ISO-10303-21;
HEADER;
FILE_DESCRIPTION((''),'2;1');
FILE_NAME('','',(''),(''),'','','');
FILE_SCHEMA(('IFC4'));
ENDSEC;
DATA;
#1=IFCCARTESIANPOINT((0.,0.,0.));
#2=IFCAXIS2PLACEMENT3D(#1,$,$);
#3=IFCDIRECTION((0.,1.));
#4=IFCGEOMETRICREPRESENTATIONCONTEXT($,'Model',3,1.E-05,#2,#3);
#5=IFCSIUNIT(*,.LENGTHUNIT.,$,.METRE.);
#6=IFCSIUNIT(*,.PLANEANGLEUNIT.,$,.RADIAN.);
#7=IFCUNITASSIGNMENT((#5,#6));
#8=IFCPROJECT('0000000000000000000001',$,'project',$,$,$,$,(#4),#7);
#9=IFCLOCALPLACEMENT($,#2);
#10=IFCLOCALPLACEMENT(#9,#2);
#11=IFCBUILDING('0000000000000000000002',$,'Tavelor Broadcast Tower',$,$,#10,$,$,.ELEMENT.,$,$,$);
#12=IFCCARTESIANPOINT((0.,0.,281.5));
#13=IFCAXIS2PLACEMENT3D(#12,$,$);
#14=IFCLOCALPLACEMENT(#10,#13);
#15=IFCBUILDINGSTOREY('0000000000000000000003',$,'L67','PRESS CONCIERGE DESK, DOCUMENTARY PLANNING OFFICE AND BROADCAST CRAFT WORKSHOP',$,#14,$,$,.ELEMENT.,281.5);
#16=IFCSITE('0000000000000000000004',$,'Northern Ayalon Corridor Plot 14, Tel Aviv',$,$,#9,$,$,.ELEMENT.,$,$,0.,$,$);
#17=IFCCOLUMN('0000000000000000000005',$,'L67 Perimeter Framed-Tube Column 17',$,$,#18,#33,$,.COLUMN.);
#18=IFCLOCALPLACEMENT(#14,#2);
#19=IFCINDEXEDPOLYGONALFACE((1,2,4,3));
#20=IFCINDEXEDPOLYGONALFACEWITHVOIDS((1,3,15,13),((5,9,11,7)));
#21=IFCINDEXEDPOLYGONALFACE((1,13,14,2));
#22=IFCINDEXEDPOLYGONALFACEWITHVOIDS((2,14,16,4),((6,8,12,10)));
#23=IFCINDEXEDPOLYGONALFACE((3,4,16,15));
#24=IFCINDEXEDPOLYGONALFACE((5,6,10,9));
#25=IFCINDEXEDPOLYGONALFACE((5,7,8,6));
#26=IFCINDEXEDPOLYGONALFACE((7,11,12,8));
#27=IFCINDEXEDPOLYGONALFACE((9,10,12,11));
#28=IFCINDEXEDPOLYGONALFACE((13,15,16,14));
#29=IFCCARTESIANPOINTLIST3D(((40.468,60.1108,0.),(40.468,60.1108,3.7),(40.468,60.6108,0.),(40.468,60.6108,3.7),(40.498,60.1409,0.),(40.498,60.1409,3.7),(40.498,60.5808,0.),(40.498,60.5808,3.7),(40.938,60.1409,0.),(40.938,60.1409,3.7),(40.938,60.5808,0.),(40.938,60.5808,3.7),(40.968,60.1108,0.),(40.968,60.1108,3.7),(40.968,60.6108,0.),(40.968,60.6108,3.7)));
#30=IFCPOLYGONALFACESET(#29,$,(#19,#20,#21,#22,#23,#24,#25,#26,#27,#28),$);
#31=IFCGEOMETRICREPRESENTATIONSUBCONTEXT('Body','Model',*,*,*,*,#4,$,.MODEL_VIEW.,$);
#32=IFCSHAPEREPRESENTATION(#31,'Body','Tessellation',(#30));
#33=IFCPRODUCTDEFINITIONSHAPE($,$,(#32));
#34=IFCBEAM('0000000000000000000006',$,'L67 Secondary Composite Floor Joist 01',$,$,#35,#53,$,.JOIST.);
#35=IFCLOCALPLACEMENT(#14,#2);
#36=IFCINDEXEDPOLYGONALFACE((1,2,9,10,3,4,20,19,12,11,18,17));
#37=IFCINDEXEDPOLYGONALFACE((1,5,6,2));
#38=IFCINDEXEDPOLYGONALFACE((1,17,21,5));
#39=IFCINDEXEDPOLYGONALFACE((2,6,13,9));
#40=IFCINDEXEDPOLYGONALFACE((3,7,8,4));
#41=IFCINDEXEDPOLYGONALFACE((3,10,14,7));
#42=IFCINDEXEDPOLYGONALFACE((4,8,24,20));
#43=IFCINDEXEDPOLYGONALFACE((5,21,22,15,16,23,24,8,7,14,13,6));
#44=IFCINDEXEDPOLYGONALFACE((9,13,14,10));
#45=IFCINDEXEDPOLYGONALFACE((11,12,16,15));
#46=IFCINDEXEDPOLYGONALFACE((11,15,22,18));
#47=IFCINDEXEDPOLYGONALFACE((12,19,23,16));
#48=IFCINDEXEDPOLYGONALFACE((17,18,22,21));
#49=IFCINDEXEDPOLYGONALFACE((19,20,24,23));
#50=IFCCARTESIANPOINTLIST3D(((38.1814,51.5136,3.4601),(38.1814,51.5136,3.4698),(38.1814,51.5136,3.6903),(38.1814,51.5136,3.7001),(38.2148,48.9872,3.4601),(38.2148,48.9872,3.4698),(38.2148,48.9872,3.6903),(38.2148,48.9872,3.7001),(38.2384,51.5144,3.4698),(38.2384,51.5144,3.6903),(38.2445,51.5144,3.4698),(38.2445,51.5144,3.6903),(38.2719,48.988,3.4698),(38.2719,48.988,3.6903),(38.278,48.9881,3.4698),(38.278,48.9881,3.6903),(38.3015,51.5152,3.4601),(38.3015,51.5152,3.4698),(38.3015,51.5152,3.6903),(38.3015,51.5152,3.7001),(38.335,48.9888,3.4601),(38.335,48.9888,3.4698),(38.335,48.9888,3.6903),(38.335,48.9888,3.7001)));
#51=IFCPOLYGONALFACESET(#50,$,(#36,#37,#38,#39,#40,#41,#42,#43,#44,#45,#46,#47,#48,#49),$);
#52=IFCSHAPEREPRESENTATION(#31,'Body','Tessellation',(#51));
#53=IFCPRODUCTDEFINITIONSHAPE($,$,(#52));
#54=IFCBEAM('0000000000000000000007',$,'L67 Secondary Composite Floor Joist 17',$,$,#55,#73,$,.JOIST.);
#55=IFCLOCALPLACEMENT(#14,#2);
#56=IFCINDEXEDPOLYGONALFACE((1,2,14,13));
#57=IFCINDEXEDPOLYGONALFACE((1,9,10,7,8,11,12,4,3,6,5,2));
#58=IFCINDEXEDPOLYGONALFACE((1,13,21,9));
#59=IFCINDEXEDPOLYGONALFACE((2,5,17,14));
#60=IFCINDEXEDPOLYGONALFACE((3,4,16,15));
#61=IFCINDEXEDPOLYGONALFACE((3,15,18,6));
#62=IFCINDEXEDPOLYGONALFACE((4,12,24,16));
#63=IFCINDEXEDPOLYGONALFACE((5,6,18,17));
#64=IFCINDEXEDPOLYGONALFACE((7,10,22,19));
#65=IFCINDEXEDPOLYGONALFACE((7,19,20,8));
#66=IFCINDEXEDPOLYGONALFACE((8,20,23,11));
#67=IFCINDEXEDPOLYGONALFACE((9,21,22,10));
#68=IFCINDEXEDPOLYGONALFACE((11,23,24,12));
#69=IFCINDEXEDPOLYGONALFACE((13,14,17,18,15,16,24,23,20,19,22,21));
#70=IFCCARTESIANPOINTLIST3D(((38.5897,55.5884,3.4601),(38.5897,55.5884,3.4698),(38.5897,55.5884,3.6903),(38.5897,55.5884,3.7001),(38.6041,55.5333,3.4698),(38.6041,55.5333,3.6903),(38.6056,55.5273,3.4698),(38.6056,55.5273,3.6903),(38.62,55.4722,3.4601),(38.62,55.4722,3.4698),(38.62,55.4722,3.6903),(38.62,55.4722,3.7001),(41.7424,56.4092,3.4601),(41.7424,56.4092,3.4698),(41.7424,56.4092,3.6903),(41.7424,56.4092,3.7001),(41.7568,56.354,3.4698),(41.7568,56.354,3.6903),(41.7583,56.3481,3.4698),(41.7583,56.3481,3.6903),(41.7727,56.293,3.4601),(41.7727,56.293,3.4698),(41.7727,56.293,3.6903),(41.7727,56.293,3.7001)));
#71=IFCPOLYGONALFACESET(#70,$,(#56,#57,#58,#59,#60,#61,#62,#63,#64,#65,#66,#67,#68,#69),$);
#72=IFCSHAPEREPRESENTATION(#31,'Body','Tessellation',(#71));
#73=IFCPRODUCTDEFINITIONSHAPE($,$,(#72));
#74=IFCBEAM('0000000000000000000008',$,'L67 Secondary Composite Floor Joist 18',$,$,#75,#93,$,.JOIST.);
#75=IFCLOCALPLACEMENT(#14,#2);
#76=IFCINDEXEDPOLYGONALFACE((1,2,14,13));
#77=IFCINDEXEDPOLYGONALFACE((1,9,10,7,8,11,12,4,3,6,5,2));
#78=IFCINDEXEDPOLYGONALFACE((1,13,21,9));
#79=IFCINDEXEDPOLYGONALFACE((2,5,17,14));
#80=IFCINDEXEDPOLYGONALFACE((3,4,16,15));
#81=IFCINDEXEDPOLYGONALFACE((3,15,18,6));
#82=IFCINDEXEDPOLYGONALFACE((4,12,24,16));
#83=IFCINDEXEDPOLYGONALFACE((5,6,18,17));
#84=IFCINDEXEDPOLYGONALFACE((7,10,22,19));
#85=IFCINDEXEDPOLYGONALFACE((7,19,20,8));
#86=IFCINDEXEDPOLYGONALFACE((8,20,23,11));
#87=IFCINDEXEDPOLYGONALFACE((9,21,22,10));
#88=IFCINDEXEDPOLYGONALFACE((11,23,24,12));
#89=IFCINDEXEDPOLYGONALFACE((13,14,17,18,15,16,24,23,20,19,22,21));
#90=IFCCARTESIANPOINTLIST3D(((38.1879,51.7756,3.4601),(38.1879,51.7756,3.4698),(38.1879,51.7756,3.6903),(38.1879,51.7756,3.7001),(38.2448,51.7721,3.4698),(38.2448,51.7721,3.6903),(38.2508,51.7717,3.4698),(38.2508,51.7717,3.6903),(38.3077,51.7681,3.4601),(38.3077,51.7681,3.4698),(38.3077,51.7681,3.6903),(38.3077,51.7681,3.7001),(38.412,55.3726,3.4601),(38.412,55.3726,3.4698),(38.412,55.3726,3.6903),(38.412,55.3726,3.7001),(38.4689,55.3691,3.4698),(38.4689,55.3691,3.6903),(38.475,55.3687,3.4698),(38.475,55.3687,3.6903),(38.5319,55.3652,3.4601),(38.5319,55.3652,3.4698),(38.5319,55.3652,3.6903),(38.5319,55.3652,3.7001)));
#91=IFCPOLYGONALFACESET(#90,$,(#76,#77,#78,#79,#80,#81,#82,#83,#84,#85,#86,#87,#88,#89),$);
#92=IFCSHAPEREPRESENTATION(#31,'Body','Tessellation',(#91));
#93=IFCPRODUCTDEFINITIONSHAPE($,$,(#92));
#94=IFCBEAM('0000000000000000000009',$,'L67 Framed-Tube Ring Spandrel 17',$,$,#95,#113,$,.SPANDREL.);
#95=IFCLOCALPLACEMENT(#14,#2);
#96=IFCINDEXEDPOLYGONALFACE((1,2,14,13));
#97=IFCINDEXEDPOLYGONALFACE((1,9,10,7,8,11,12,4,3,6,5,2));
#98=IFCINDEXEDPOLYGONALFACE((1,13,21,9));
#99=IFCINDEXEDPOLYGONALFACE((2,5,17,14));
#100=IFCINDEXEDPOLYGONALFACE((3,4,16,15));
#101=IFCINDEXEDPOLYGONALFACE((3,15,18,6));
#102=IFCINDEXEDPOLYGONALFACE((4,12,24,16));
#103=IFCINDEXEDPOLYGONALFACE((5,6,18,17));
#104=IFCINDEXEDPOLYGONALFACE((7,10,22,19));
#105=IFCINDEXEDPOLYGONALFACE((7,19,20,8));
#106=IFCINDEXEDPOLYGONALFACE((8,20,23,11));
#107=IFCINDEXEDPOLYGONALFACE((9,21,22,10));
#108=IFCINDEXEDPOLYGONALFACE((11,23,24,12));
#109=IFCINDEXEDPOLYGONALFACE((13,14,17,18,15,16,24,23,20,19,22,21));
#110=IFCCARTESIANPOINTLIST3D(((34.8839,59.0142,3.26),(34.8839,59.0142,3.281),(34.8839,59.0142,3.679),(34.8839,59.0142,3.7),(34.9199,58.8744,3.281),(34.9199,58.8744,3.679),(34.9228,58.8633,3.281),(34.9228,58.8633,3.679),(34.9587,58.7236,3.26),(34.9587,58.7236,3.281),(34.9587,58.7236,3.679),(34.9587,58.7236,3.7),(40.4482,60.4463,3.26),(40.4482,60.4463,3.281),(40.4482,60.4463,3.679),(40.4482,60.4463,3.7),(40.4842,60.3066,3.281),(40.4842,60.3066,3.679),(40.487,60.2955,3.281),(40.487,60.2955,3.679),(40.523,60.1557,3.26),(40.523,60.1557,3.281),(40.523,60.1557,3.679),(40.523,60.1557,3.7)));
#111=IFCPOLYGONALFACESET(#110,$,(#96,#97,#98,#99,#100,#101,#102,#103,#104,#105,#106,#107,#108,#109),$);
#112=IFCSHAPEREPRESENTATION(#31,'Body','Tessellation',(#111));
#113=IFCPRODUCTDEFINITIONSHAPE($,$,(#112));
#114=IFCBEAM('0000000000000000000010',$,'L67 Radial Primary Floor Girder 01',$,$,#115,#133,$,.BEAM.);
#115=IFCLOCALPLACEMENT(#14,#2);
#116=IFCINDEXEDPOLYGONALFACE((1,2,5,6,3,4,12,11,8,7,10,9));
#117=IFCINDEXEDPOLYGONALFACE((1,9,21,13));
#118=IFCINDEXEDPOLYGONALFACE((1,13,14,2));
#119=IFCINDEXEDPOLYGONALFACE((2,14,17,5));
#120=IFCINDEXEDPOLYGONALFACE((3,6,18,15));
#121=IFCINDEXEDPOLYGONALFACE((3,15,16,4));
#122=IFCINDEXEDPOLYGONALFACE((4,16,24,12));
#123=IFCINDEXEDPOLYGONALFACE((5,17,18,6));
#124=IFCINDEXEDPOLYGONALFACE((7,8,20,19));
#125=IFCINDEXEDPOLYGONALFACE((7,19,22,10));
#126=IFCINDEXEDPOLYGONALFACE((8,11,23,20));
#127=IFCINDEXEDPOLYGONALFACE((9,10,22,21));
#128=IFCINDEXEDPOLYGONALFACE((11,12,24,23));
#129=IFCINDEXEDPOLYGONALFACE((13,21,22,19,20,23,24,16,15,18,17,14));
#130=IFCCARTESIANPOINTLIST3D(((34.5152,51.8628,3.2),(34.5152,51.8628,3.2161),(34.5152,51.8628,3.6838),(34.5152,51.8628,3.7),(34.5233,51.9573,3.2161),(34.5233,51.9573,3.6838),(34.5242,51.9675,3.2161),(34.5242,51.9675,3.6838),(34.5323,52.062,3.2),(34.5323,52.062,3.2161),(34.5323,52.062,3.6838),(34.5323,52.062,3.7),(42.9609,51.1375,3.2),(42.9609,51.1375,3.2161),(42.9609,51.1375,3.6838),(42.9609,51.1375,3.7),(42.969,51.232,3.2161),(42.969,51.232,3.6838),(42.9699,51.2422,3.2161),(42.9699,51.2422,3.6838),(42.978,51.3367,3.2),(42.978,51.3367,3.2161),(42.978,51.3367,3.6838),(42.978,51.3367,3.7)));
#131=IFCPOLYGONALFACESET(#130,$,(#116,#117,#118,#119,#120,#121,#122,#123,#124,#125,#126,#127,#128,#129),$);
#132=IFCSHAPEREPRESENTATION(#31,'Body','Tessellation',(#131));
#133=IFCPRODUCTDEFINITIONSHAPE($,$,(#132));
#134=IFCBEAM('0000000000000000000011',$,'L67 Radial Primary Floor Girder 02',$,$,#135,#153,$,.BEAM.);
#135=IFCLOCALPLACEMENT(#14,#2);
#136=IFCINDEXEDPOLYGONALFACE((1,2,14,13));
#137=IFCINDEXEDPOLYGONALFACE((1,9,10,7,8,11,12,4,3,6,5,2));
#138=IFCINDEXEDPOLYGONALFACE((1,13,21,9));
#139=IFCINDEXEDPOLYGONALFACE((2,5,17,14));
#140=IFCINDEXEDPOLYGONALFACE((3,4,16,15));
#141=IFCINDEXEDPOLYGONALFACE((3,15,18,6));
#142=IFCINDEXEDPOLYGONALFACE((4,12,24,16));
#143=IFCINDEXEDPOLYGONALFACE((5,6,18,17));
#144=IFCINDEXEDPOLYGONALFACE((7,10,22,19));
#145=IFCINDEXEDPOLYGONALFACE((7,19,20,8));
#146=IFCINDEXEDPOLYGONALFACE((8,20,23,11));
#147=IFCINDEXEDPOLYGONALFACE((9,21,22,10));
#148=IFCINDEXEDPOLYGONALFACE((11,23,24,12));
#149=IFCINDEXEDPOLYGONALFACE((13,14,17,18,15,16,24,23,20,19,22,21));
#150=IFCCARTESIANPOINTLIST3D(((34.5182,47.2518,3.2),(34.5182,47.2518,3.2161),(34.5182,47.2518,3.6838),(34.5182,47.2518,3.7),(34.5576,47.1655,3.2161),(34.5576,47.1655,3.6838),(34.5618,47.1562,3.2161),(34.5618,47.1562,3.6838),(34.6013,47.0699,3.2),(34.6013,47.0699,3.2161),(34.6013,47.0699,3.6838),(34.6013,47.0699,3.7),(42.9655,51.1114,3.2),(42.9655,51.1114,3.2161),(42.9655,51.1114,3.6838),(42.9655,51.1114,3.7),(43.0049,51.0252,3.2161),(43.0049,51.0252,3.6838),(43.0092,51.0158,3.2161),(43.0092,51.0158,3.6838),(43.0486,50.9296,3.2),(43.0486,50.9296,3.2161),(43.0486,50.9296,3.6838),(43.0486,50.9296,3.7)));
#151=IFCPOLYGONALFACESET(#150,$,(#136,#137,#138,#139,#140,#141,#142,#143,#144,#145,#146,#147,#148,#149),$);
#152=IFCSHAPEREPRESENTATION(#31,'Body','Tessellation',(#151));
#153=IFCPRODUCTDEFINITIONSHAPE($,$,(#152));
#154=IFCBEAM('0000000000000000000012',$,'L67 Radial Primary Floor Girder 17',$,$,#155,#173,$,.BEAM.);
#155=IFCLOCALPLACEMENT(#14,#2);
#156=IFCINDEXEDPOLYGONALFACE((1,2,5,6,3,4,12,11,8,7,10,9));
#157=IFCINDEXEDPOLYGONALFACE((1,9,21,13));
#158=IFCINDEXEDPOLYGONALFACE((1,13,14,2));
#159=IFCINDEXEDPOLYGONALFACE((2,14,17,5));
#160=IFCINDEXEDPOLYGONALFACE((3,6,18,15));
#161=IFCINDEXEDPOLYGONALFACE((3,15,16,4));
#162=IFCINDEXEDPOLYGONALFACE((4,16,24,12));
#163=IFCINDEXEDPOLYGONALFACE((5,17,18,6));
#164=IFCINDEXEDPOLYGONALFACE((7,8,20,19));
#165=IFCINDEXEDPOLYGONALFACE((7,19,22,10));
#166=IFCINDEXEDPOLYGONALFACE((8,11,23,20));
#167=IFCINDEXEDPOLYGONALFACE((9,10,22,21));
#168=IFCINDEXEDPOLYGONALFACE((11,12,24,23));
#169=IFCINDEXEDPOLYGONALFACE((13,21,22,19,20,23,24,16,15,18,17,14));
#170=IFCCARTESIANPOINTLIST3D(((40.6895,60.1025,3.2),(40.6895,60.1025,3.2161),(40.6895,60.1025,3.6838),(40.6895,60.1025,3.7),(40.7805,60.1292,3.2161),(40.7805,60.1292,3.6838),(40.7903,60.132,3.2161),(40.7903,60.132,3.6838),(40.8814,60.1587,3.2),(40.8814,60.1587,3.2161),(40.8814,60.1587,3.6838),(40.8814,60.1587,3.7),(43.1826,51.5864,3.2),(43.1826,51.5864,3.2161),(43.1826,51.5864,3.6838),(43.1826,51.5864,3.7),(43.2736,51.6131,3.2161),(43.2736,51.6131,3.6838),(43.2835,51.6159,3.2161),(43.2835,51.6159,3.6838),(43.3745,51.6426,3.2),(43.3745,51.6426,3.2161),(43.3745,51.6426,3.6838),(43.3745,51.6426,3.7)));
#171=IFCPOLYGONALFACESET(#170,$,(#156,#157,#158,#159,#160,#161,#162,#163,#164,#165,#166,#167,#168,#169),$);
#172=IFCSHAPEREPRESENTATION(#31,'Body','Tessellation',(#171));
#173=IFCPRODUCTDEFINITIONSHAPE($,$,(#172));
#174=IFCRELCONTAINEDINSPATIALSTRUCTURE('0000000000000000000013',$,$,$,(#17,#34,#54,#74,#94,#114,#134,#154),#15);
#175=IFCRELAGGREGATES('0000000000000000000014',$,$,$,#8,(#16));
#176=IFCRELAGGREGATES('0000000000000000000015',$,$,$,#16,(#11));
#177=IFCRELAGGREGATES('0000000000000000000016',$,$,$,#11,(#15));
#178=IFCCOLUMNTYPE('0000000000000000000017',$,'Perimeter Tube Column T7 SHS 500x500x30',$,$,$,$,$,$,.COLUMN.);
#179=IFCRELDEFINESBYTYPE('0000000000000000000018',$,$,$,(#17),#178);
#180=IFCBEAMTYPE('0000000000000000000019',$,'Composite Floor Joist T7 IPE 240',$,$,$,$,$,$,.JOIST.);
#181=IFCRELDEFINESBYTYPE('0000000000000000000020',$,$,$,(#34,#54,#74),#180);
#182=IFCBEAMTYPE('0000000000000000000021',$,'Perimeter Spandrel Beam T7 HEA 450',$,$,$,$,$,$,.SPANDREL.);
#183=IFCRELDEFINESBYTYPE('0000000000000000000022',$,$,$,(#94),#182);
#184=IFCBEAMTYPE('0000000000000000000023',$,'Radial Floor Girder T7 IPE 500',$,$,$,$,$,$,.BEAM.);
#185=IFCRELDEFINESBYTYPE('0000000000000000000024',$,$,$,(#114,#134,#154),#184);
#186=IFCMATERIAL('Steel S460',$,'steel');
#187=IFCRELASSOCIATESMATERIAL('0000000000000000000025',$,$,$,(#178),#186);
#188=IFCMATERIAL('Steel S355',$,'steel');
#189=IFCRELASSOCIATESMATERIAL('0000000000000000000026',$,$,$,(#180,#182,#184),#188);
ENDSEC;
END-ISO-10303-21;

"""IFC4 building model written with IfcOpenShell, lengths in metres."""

from ifc_helpers import new_model, si_unit, direction, frame, origin, origin_2d, place, context, subcontext, project, spatial, hollow_rectangle, i_section, extrude, material, material_profile, profile_set, type_object, element, save


model = new_model("IFC4")

# Units and contexts
model_context = context("Model", 3, precision=1e-05, world=origin(), true_north=direction((0.0, 1.0)))
body_context = subcontext(model_context, "Body", "Model", "MODEL_VIEW")
ifc_project = project(units=[si_unit("LENGTHUNIT", "METRE"), si_unit("PLANEANGLEUNIT", "RADIAN")], contexts=[model_context])

# Site, building, storey
site_placement = place(None, origin())
site = spatial("IfcSite", under=ifc_project, at=site_placement, Name="Northern Ayalon Corridor Plot 14, Tel Aviv", CompositionType="ELEMENT", RefElevation=0.0)
building_placement = place(site_placement, origin())
building = spatial("IfcBuilding", under=site, at=building_placement, Name="Tavelor Broadcast Tower", CompositionType="ELEMENT")
storey_placement = place(building_placement, frame((0.0, 0.0, 281.5)))
storey = spatial("IfcBuildingStorey", under=building, at=storey_placement, Name="L67", Description="PRESS CONCIERGE DESK, DOCUMENTARY PLANNING OFFICE AND BROADCAST CRAFT WORKSHOP", CompositionType="ELEMENT", Elevation=281.5)

# Column
ifc_material_1 = material(Name="Steel S460", Category="steel")
ifc_material_profile_1 = material_profile(ifc_material_1, hollow_rectangle(XDim=0.5, YDim=0.5, WallThickness=0.03, at=origin_2d()), Name="SHS 500x500x30")
ifc_profile_set_1 = profile_set([ifc_material_profile_1], Name="Steel S460")
column_type = type_object("IfcColumnType", Name="Perimeter Tube Column T7 SHS 500x500x30", PredefinedType="COLUMN", material=ifc_profile_set_1)
column_placement = place(storey_placement, frame((40.718, 60.3608, 0.0), z_axis=(0.0, 0.0, 1.0), x_axis=(1.0, 0.0, 0.0)))
element("IfcColumn", 1, at=column_placement, inside=storey, type_object=column_type, Name="L67 Perimeter Framed-Tube Column 17", PredefinedType="COLUMN", context=body_context, shape_type="SweptSolid", body=[
    extrude(hollow_rectangle(XDim=0.5, YDim=0.5, WallThickness=0.03, at=origin_2d()), origin(), (0.0, 0.0, 1.0), 3.7),
])

# Beams
ifc_material_2 = material(Name="Steel S355", Category="steel")
ifc_material_profile_2 = material_profile(ifc_material_2, i_section(OverallWidth=0.1201, OverallDepth=0.24, WebThickness=0.0061, FlangeThickness=0.0098, at=origin_2d()), Name="IPE 240")
ifc_profile_set_2 = profile_set([ifc_material_profile_2], Name="Steel S355")
beam_type_1 = type_object("IfcBeamType", Name="Composite Floor Joist T7 IPE 240", PredefinedType="JOIST", material=ifc_profile_set_2)
beam_1_placement = place(storey_placement, frame((38.2415, 51.5144, 3.5801), z_axis=(0.013238, -0.999912, 0.0), x_axis=(0.999912, 0.013238, 0.0)))
element("IfcBeam", 2, at=beam_1_placement, inside=storey, type_object=beam_type_1, Name="L67 Secondary Composite Floor Joist 01", PredefinedType="JOIST", context=body_context, shape_type="SweptSolid", body=[
    extrude(i_section(OverallWidth=0.1201, OverallDepth=0.24, WebThickness=0.0061, FlangeThickness=0.0098, at=origin_2d()), origin(), (0.0, 0.0, 1.0), 2.5266),
])
beam_2_placement = place(storey_placement, frame((41.7576, 56.3511, 3.5801), z_axis=(-0.967743, -0.25194, 0.0), x_axis=(0.25194, -0.967743, 0.0)))
element("IfcBeam", 3, at=beam_2_placement, inside=storey, type_object=beam_type_1, Name="L67 Secondary Composite Floor Joist 17", PredefinedType="JOIST", context=body_context, shape_type="SweptSolid", body=[
    extrude(i_section(OverallWidth=0.1201, OverallDepth=0.24, WebThickness=0.0061, FlangeThickness=0.0098, at=origin_2d()), origin(), (0.0, 0.0, 1.0), 3.2578),
])
beam_3_placement = place(storey_placement, frame((38.4719, 55.3689, 3.5801), z_axis=(-0.062188, -0.998064, 0.0), x_axis=(0.998064, -0.062188, 0.0)))
element("IfcBeam", 4, at=beam_3_placement, inside=storey, type_object=beam_type_1, Name="L67 Secondary Composite Floor Joist 18", PredefinedType="JOIST", context=body_context, shape_type="SweptSolid", body=[
    extrude(i_section(OverallWidth=0.1201, OverallDepth=0.24, WebThickness=0.0061, FlangeThickness=0.0098, at=origin_2d()), origin(), (0.0, 0.0, 1.0), 3.604),
])
ifc_material_profile_3 = material_profile(ifc_material_2, i_section(OverallWidth=0.3, OverallDepth=0.4399, WebThickness=0.0115, FlangeThickness=0.021, at=origin_2d()), Name="HEA 450")
ifc_profile_set_3 = profile_set([ifc_material_profile_3], Name="Steel S355")
beam_type_2 = type_object("IfcBeamType", Name="Perimeter Spandrel Beam T7 HEA 450", PredefinedType="SPANDREL", material=ifc_profile_set_3)
beam_4_placement = place(storey_placement, frame((40.4856, 60.301, 3.48), z_axis=(-0.968437, -0.249259, 0.0), x_axis=(0.249259, -0.968437, 0.0)))
element("IfcBeam", 5, at=beam_4_placement, inside=storey, type_object=beam_type_2, Name="L67 Framed-Tube Ring Spandrel 17", PredefinedType="SPANDREL", context=body_context, shape_type="SweptSolid", body=[
    extrude(i_section(OverallWidth=0.3, OverallDepth=0.4399, WebThickness=0.0115, FlangeThickness=0.021, at=origin_2d()), origin(), (0.0, 0.0, 1.0), 5.7456),
])
ifc_material_profile_4 = material_profile(ifc_material_2, i_section(OverallWidth=0.2, OverallDepth=0.5, WebThickness=0.0103, FlangeThickness=0.0161, at=origin_2d()), Name="IPE 500")
ifc_profile_set_4 = profile_set([ifc_material_profile_4], Name="Steel S355")
beam_type_3 = type_object("IfcBeamType", Name="Radial Floor Girder T7 IPE 500", PredefinedType="BEAM", material=ifc_profile_set_4)
beam_5_placement = place(storey_placement, frame((42.9695, 51.2371, 3.45), z_axis=(-0.996332, 0.085567, 0.0), x_axis=(-0.085567, -0.996332, 0.0)))
element("IfcBeam", 6, at=beam_5_placement, inside=storey, type_object=beam_type_3, Name="L67 Radial Primary Floor Girder 01", PredefinedType="BEAM", context=body_context, shape_type="SweptSolid", body=[
    extrude(i_section(OverallWidth=0.2, OverallDepth=0.5, WebThickness=0.0103, FlangeThickness=0.0161, at=origin_2d()), origin(), (0.0, 0.0, 1.0), 8.4768),
])
beam_6_placement = place(storey_placement, frame((43.0071, 51.0205, 3.45), z_axis=(-0.909555, -0.415583, 0.0), x_axis=(0.415583, -0.909555, 0.0)))
element("IfcBeam", 7, at=beam_6_placement, inside=storey, type_object=beam_type_3, Name="L67 Radial Primary Floor Girder 02", PredefinedType="BEAM", context=body_context, shape_type="SweptSolid", body=[
    extrude(i_section(OverallWidth=0.2, OverallDepth=0.5, WebThickness=0.0103, FlangeThickness=0.0161, at=origin_2d()), origin(), (0.0, 0.0, 1.0), 9.2874),
])
beam_7_placement = place(storey_placement, frame((43.2786, 51.6145, 3.45), z_axis=(-0.280966, 0.959718, 0.0), x_axis=(-0.959718, -0.280966, 0.0)))
element("IfcBeam", 8, at=beam_7_placement, inside=storey, type_object=beam_type_3, Name="L67 Radial Primary Floor Girder 17", PredefinedType="BEAM", context=body_context, shape_type="SweptSolid", body=[
    extrude(i_section(OverallWidth=0.2, OverallDepth=0.5, WebThickness=0.0103, FlangeThickness=0.0161, at=origin_2d()), origin(), (0.0, 0.0, 1.0), 8.8735),
])

save(model, "model.ifc")
